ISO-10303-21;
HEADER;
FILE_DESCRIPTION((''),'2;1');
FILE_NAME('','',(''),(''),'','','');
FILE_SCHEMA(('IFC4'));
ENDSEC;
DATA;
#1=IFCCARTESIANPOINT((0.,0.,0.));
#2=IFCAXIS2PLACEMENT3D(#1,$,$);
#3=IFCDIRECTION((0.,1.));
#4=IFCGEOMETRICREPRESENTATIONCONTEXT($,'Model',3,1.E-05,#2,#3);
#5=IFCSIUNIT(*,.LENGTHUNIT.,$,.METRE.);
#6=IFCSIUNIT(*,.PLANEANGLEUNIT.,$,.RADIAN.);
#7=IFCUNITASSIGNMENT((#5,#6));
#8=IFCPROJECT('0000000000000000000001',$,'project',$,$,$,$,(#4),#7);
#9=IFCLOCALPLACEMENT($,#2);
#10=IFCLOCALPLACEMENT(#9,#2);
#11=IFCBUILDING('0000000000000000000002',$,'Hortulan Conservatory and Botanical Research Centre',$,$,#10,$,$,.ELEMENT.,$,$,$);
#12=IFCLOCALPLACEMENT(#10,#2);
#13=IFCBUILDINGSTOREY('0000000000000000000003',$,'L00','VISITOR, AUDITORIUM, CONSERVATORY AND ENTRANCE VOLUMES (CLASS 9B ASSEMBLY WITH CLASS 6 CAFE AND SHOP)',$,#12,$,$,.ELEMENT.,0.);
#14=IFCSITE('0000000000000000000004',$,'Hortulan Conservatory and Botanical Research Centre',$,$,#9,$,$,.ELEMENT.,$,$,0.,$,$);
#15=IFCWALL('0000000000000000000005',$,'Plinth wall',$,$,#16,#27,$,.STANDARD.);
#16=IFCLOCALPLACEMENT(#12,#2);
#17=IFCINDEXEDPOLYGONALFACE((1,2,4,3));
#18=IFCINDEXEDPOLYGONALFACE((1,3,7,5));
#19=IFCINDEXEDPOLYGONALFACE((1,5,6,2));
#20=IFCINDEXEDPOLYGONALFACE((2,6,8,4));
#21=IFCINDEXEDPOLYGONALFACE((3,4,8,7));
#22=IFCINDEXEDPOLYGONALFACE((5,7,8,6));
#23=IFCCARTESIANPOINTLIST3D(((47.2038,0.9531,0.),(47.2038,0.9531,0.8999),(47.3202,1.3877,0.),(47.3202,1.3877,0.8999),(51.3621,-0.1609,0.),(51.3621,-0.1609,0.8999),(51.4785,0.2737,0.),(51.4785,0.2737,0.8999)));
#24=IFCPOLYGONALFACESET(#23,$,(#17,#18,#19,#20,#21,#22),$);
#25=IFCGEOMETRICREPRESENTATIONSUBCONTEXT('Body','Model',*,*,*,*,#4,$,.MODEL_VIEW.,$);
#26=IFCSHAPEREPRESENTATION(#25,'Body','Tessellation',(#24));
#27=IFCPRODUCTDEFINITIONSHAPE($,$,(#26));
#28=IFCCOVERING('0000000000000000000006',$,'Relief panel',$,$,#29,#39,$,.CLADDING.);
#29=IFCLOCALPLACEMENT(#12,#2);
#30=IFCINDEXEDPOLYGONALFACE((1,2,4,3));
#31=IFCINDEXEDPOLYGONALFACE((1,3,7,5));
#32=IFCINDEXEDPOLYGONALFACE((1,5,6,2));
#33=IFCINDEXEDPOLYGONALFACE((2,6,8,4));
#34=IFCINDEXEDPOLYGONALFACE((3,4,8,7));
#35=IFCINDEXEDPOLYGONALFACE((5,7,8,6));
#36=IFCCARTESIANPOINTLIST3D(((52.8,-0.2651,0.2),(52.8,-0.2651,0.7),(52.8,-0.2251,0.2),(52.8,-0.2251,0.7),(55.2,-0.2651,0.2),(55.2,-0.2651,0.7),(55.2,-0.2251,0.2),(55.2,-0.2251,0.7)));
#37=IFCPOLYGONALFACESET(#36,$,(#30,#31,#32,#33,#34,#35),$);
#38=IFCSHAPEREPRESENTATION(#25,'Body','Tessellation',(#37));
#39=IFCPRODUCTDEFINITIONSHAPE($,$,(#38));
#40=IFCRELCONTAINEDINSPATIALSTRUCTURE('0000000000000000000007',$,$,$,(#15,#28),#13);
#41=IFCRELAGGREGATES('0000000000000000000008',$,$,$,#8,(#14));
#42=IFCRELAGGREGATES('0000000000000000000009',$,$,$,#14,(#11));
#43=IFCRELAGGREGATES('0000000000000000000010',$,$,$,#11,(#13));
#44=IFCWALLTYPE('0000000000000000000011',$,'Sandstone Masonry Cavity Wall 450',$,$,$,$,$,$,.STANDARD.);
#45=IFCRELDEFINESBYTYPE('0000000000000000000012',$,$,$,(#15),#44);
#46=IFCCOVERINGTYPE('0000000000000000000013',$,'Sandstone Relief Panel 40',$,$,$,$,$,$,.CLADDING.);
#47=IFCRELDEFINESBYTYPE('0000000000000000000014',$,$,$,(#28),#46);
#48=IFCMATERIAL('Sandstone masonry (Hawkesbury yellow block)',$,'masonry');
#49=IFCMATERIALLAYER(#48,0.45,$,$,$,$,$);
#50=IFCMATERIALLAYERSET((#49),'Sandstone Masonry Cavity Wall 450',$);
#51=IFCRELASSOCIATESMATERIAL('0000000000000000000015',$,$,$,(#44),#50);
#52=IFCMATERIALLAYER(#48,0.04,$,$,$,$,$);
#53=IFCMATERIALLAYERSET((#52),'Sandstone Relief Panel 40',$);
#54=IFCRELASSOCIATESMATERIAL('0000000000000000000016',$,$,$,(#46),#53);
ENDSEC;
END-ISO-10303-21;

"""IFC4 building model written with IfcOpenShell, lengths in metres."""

from ifc_helpers import new_model, si_unit, direction, frame, frame_2d, origin, origin_2d, place, context, subcontext, project, spatial, rectangle, extrude, material, layer, layer_set, type_object, element, save


model = new_model("IFC4")

# Units and contexts
model_context = context("Model", 3, precision=1e-05, world=origin(), true_north=direction((0.0, 1.0)))
body_context = subcontext(model_context, "Body", "Model", "MODEL_VIEW")
ifc_project = project(units=[si_unit("LENGTHUNIT", "METRE"), si_unit("PLANEANGLEUNIT", "RADIAN")], contexts=[model_context])

# Site, building, storey
site_placement = place(None, origin())
site = spatial("IfcSite", under=ifc_project, at=site_placement, Name="Hortulan Conservatory and Botanical Research Centre", CompositionType="ELEMENT", RefElevation=0.0)
building_placement = place(site_placement, origin())
building = spatial("IfcBuilding", under=site, at=building_placement, Name="Hortulan Conservatory and Botanical Research Centre", CompositionType="ELEMENT")
storey_placement = place(building_placement, origin())
storey = spatial("IfcBuildingStorey", under=building, at=storey_placement, Name="L00", Description="VISITOR, AUDITORIUM, CONSERVATORY AND ENTRANCE VOLUMES (CLASS 9B ASSEMBLY WITH CLASS 6 CAFE AND SHOP)", CompositionType="ELEMENT", Elevation=0.0)

# Wall
ifc_material_1 = material(Name="Sandstone masonry (Hawkesbury yellow block)", Category="masonry")
ifc_layer_1 = layer(ifc_material_1, 0.45)
ifc_layer_set_1 = layer_set([ifc_layer_1], Name="Sandstone Masonry Cavity Wall 450")
wall_type = type_object("IfcWallType", Name="Sandstone Masonry Cavity Wall 450", PredefinedType="STANDARD", material=ifc_layer_set_1)
wall_placement = place(storey_placement, frame((51.4202, 0.0564, 0.0), z_axis=(0.0, 0.0, 1.0), x_axis=(-0.965936, 0.258781, 0.0)))
element("IfcWall", 1, at=wall_placement, inside=storey, type_object=wall_type, Name="Plinth wall", PredefinedType="STANDARD", context=body_context, shape_type="SweptSolid", body=[
    extrude(rectangle(XDim=4.3049, YDim=0.45, at=frame_2d((2.1523, 0.0))), origin(), (0.0, 0.0, 1.0), 0.8999),
])

# Covering
ifc_layer_2 = layer(ifc_material_1, 0.04)
ifc_layer_set_2 = layer_set([ifc_layer_2], Name="Sandstone Relief Panel 40")
covering_type = type_object("IfcCoveringType", Name="Sandstone Relief Panel 40", PredefinedType="CLADDING", material=ifc_layer_set_2)
covering_placement = place(storey_placement, frame((54.0, -0.2451, 0.2), z_axis=(0.0, 0.0, 1.0), x_axis=(-1.0, 0.0, 0.0)))
element("IfcCovering", 2, at=covering_placement, inside=storey, type_object=covering_type, Name="Relief panel", PredefinedType="CLADDING", context=body_context, shape_type="SweptSolid", body=[
    extrude(rectangle(XDim=2.3999, YDim=0.04, at=origin_2d()), origin(), (0.0, 0.0, 1.0), 0.5),
])

save(model, "model.ifc")
